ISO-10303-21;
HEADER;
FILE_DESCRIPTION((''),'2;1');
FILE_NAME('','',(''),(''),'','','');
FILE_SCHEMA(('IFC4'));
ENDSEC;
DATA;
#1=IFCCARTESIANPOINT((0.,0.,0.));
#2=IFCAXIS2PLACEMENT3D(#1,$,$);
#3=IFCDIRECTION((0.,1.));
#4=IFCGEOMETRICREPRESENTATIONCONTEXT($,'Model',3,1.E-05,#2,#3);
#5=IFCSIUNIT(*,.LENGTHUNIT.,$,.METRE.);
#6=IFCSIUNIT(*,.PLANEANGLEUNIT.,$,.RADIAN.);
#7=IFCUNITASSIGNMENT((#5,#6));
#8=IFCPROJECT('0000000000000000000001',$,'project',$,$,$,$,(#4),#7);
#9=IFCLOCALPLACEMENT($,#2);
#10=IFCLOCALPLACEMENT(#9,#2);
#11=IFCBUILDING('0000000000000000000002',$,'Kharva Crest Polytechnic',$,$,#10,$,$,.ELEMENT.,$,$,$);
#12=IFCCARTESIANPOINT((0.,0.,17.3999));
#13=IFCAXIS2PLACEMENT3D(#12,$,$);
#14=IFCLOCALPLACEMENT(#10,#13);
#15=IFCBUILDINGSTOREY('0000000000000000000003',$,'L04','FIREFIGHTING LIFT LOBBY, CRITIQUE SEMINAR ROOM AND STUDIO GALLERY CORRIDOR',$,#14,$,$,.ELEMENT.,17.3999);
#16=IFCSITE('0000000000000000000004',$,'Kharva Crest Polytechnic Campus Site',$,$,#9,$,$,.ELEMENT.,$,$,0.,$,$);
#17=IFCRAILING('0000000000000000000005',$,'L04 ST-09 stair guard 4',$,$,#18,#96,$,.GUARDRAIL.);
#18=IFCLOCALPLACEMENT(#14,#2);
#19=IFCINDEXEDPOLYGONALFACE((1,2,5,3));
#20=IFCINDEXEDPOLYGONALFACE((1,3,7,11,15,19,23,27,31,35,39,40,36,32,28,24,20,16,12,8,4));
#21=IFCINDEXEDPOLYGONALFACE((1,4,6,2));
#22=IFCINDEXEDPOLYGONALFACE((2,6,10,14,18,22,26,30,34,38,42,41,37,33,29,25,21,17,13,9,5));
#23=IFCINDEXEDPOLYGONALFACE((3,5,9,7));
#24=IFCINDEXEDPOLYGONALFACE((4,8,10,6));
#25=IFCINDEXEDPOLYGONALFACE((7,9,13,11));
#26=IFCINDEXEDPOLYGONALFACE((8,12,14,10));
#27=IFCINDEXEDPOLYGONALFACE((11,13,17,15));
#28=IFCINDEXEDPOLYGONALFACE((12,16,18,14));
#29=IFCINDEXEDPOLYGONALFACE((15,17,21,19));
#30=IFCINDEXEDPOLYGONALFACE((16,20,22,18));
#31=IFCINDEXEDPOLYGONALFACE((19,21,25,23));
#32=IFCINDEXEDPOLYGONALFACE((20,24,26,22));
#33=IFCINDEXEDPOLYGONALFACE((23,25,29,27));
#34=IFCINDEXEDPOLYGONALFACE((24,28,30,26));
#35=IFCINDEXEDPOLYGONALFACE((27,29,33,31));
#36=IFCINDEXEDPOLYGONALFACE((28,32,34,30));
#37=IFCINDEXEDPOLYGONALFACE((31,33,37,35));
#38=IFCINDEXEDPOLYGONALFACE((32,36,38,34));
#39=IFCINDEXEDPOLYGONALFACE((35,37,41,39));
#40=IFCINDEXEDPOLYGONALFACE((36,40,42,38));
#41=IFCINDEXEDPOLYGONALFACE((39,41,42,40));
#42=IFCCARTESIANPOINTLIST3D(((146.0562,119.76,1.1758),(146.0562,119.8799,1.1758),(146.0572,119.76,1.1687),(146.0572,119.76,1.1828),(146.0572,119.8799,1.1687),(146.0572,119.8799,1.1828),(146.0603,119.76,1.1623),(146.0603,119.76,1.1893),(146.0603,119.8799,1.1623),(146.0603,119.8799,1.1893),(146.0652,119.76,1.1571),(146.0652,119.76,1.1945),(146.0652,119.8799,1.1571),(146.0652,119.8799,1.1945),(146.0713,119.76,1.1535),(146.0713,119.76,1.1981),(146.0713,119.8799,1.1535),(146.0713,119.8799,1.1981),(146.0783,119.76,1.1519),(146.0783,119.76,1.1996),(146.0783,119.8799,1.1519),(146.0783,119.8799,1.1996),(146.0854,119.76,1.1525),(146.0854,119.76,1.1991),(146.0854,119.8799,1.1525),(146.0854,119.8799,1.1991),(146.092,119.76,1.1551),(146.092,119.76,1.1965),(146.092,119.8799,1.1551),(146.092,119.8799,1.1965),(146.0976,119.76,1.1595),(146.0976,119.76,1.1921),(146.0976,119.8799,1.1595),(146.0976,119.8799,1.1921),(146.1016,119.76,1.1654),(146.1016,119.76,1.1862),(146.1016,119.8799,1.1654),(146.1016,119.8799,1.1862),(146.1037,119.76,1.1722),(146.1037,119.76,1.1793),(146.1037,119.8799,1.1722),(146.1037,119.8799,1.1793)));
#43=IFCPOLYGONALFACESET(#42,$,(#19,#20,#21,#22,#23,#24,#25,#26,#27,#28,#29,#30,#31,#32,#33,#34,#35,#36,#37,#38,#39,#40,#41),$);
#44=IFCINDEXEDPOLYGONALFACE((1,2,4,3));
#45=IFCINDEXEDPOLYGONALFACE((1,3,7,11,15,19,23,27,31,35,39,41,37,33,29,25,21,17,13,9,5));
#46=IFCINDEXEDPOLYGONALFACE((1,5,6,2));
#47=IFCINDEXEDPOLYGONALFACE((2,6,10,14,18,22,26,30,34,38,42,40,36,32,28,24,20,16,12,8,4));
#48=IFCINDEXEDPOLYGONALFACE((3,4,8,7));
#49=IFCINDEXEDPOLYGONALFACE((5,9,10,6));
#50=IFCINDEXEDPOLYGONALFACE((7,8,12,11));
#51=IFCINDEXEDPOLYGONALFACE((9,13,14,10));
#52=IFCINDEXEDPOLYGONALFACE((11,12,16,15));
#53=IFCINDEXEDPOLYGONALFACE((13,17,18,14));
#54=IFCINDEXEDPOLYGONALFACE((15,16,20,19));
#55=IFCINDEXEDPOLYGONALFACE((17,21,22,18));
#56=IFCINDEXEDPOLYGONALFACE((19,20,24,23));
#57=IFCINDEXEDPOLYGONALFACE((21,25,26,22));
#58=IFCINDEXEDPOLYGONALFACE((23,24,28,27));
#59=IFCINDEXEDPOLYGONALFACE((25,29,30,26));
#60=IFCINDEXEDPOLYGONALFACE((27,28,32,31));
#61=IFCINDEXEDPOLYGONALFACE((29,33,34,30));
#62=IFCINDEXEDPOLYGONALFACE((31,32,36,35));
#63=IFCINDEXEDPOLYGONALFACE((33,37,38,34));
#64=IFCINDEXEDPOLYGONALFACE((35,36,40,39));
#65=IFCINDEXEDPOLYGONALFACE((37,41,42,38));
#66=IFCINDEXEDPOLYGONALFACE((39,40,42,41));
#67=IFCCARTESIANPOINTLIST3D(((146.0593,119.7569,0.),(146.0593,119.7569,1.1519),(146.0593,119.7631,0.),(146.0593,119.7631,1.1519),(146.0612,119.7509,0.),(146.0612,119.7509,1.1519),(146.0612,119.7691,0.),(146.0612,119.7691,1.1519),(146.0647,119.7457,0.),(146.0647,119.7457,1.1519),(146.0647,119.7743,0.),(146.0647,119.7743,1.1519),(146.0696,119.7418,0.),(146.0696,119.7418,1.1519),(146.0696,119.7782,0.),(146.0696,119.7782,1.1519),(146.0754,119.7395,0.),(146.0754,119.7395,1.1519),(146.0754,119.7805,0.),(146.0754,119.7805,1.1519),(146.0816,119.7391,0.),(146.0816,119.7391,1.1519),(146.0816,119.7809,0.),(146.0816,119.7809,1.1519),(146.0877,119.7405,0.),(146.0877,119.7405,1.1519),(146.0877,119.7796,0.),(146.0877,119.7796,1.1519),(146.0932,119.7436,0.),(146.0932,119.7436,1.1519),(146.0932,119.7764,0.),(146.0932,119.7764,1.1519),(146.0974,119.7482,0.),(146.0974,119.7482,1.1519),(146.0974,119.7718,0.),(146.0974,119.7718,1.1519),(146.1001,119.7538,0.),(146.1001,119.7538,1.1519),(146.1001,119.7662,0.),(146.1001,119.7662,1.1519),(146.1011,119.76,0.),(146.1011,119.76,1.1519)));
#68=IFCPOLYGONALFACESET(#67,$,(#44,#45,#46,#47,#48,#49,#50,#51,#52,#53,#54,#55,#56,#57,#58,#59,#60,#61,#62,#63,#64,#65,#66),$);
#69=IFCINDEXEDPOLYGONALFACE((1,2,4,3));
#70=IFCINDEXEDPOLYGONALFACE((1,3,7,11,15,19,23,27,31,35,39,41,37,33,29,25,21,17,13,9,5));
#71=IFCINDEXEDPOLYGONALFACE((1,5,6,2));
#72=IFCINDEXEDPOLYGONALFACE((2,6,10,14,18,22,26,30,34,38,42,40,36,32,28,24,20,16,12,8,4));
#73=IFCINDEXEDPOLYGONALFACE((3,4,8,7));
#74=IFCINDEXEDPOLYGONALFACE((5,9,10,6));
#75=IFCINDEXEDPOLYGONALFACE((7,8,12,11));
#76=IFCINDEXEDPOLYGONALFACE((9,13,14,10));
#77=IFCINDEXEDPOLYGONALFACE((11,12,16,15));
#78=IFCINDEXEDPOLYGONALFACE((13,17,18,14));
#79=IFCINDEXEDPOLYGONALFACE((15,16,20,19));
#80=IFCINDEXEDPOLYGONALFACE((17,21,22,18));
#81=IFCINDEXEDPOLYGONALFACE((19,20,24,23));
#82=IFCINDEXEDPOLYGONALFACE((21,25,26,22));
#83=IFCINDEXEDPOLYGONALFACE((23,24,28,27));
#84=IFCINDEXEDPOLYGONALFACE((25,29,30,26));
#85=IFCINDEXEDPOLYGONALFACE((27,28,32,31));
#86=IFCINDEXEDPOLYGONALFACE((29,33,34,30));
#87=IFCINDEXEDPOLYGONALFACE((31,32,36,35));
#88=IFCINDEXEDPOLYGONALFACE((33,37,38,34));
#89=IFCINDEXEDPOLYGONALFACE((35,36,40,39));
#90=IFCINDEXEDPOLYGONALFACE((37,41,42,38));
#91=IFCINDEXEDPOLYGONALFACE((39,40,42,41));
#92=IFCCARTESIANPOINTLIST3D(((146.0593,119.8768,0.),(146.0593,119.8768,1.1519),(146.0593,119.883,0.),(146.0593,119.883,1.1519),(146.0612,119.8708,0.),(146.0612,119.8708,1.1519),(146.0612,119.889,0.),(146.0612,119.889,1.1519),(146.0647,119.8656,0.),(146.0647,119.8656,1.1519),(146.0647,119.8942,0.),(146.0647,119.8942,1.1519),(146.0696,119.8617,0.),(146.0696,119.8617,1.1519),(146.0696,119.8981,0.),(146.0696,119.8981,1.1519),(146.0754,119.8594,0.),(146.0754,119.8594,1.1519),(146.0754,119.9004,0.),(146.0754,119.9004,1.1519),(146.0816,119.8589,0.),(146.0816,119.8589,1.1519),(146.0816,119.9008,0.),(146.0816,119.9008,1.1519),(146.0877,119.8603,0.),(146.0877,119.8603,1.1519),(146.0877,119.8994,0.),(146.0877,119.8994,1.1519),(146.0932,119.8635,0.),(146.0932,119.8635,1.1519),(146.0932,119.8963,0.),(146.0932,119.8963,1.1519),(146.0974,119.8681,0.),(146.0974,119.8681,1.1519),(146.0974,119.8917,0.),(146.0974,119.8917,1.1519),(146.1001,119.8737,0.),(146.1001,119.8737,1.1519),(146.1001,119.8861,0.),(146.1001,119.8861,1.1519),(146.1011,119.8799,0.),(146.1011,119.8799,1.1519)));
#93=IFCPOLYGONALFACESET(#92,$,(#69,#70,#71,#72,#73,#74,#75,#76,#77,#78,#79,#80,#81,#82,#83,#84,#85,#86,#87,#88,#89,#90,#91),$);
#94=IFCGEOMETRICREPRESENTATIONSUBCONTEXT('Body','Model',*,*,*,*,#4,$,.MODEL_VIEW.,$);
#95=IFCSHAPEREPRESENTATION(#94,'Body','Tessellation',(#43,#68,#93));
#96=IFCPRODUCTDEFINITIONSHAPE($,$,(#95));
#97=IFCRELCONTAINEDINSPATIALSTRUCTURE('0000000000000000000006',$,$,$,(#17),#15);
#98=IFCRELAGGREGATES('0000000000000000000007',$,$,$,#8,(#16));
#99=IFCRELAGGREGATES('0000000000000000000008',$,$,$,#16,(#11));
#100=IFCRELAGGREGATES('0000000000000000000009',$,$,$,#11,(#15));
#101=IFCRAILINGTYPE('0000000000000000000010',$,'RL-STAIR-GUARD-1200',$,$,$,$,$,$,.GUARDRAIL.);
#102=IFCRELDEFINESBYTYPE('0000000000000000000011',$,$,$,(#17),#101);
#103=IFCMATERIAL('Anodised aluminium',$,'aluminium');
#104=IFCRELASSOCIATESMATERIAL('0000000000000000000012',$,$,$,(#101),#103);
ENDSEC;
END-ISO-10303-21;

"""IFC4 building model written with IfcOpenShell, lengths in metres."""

from ifc_helpers import new_model, si_unit, direction, frame, origin, origin_2d, place, context, subcontext, project, spatial, circle, extrude, material, type_object, element, save


model = new_model("IFC4")

# Units and contexts
model_context = context("Model", 3, precision=1e-05, world=origin(), true_north=direction((0.0, 1.0)))
body_context = subcontext(model_context, "Body", "Model", "MODEL_VIEW")
ifc_project = project(units=[si_unit("LENGTHUNIT", "METRE"), si_unit("PLANEANGLEUNIT", "RADIAN")], contexts=[model_context])

# Site, building, storey
site_placement = place(None, origin())
site = spatial("IfcSite", under=ifc_project, at=site_placement, Name="Kharva Crest Polytechnic Campus Site", CompositionType="ELEMENT", RefElevation=0.0)
building_placement = place(site_placement, origin())
building = spatial("IfcBuilding", under=site, at=building_placement, Name="Kharva Crest Polytechnic", CompositionType="ELEMENT")
storey_placement = place(building_placement, frame((0.0, 0.0, 17.3999)))
storey = spatial("IfcBuildingStorey", under=building, at=storey_placement, Name="L04", Description="FIREFIGHTING LIFT LOBBY, CRITIQUE SEMINAR ROOM AND STUDIO GALLERY CORRIDOR", CompositionType="ELEMENT", Elevation=17.3999)

# Railing
ifc_material_1 = material(Name="Anodised aluminium", Category="aluminium")
railing_type_1 = type_object("IfcRailingType", Name="RL-STAIR-GUARD-1200", PredefinedType="GUARDRAIL", material=ifc_material_1)
railing_1_placement = place(storey_placement, frame((146.0801, 119.76, 0.0)))
element("IfcRailing", 1, at=railing_1_placement, inside=storey, type_object=railing_type_1, Name="L04 ST-09 stair guard 4", PredefinedType="GUARDRAIL", context=body_context, shape_type="SweptSolid", body=[
    extrude(circle(Radius=0.0239, at=origin_2d()), frame((0.0, 0.0, 1.1758), z_axis=(0.0, 1.0, 0.0), x_axis=(-1.0, 0.0, 0.0)), (0.0, 0.0, 1.0), 0.1199),
    extrude(circle(Radius=0.021, at=origin_2d()), origin(), (0.0, 0.0, 1.0), 1.1519),
    extrude(circle(Radius=0.021, at=origin_2d()), frame((0.0, 0.1199, 0.0)), (0.0, 0.0, 1.0), 1.1519),
])

save(model, "model.ifc")
